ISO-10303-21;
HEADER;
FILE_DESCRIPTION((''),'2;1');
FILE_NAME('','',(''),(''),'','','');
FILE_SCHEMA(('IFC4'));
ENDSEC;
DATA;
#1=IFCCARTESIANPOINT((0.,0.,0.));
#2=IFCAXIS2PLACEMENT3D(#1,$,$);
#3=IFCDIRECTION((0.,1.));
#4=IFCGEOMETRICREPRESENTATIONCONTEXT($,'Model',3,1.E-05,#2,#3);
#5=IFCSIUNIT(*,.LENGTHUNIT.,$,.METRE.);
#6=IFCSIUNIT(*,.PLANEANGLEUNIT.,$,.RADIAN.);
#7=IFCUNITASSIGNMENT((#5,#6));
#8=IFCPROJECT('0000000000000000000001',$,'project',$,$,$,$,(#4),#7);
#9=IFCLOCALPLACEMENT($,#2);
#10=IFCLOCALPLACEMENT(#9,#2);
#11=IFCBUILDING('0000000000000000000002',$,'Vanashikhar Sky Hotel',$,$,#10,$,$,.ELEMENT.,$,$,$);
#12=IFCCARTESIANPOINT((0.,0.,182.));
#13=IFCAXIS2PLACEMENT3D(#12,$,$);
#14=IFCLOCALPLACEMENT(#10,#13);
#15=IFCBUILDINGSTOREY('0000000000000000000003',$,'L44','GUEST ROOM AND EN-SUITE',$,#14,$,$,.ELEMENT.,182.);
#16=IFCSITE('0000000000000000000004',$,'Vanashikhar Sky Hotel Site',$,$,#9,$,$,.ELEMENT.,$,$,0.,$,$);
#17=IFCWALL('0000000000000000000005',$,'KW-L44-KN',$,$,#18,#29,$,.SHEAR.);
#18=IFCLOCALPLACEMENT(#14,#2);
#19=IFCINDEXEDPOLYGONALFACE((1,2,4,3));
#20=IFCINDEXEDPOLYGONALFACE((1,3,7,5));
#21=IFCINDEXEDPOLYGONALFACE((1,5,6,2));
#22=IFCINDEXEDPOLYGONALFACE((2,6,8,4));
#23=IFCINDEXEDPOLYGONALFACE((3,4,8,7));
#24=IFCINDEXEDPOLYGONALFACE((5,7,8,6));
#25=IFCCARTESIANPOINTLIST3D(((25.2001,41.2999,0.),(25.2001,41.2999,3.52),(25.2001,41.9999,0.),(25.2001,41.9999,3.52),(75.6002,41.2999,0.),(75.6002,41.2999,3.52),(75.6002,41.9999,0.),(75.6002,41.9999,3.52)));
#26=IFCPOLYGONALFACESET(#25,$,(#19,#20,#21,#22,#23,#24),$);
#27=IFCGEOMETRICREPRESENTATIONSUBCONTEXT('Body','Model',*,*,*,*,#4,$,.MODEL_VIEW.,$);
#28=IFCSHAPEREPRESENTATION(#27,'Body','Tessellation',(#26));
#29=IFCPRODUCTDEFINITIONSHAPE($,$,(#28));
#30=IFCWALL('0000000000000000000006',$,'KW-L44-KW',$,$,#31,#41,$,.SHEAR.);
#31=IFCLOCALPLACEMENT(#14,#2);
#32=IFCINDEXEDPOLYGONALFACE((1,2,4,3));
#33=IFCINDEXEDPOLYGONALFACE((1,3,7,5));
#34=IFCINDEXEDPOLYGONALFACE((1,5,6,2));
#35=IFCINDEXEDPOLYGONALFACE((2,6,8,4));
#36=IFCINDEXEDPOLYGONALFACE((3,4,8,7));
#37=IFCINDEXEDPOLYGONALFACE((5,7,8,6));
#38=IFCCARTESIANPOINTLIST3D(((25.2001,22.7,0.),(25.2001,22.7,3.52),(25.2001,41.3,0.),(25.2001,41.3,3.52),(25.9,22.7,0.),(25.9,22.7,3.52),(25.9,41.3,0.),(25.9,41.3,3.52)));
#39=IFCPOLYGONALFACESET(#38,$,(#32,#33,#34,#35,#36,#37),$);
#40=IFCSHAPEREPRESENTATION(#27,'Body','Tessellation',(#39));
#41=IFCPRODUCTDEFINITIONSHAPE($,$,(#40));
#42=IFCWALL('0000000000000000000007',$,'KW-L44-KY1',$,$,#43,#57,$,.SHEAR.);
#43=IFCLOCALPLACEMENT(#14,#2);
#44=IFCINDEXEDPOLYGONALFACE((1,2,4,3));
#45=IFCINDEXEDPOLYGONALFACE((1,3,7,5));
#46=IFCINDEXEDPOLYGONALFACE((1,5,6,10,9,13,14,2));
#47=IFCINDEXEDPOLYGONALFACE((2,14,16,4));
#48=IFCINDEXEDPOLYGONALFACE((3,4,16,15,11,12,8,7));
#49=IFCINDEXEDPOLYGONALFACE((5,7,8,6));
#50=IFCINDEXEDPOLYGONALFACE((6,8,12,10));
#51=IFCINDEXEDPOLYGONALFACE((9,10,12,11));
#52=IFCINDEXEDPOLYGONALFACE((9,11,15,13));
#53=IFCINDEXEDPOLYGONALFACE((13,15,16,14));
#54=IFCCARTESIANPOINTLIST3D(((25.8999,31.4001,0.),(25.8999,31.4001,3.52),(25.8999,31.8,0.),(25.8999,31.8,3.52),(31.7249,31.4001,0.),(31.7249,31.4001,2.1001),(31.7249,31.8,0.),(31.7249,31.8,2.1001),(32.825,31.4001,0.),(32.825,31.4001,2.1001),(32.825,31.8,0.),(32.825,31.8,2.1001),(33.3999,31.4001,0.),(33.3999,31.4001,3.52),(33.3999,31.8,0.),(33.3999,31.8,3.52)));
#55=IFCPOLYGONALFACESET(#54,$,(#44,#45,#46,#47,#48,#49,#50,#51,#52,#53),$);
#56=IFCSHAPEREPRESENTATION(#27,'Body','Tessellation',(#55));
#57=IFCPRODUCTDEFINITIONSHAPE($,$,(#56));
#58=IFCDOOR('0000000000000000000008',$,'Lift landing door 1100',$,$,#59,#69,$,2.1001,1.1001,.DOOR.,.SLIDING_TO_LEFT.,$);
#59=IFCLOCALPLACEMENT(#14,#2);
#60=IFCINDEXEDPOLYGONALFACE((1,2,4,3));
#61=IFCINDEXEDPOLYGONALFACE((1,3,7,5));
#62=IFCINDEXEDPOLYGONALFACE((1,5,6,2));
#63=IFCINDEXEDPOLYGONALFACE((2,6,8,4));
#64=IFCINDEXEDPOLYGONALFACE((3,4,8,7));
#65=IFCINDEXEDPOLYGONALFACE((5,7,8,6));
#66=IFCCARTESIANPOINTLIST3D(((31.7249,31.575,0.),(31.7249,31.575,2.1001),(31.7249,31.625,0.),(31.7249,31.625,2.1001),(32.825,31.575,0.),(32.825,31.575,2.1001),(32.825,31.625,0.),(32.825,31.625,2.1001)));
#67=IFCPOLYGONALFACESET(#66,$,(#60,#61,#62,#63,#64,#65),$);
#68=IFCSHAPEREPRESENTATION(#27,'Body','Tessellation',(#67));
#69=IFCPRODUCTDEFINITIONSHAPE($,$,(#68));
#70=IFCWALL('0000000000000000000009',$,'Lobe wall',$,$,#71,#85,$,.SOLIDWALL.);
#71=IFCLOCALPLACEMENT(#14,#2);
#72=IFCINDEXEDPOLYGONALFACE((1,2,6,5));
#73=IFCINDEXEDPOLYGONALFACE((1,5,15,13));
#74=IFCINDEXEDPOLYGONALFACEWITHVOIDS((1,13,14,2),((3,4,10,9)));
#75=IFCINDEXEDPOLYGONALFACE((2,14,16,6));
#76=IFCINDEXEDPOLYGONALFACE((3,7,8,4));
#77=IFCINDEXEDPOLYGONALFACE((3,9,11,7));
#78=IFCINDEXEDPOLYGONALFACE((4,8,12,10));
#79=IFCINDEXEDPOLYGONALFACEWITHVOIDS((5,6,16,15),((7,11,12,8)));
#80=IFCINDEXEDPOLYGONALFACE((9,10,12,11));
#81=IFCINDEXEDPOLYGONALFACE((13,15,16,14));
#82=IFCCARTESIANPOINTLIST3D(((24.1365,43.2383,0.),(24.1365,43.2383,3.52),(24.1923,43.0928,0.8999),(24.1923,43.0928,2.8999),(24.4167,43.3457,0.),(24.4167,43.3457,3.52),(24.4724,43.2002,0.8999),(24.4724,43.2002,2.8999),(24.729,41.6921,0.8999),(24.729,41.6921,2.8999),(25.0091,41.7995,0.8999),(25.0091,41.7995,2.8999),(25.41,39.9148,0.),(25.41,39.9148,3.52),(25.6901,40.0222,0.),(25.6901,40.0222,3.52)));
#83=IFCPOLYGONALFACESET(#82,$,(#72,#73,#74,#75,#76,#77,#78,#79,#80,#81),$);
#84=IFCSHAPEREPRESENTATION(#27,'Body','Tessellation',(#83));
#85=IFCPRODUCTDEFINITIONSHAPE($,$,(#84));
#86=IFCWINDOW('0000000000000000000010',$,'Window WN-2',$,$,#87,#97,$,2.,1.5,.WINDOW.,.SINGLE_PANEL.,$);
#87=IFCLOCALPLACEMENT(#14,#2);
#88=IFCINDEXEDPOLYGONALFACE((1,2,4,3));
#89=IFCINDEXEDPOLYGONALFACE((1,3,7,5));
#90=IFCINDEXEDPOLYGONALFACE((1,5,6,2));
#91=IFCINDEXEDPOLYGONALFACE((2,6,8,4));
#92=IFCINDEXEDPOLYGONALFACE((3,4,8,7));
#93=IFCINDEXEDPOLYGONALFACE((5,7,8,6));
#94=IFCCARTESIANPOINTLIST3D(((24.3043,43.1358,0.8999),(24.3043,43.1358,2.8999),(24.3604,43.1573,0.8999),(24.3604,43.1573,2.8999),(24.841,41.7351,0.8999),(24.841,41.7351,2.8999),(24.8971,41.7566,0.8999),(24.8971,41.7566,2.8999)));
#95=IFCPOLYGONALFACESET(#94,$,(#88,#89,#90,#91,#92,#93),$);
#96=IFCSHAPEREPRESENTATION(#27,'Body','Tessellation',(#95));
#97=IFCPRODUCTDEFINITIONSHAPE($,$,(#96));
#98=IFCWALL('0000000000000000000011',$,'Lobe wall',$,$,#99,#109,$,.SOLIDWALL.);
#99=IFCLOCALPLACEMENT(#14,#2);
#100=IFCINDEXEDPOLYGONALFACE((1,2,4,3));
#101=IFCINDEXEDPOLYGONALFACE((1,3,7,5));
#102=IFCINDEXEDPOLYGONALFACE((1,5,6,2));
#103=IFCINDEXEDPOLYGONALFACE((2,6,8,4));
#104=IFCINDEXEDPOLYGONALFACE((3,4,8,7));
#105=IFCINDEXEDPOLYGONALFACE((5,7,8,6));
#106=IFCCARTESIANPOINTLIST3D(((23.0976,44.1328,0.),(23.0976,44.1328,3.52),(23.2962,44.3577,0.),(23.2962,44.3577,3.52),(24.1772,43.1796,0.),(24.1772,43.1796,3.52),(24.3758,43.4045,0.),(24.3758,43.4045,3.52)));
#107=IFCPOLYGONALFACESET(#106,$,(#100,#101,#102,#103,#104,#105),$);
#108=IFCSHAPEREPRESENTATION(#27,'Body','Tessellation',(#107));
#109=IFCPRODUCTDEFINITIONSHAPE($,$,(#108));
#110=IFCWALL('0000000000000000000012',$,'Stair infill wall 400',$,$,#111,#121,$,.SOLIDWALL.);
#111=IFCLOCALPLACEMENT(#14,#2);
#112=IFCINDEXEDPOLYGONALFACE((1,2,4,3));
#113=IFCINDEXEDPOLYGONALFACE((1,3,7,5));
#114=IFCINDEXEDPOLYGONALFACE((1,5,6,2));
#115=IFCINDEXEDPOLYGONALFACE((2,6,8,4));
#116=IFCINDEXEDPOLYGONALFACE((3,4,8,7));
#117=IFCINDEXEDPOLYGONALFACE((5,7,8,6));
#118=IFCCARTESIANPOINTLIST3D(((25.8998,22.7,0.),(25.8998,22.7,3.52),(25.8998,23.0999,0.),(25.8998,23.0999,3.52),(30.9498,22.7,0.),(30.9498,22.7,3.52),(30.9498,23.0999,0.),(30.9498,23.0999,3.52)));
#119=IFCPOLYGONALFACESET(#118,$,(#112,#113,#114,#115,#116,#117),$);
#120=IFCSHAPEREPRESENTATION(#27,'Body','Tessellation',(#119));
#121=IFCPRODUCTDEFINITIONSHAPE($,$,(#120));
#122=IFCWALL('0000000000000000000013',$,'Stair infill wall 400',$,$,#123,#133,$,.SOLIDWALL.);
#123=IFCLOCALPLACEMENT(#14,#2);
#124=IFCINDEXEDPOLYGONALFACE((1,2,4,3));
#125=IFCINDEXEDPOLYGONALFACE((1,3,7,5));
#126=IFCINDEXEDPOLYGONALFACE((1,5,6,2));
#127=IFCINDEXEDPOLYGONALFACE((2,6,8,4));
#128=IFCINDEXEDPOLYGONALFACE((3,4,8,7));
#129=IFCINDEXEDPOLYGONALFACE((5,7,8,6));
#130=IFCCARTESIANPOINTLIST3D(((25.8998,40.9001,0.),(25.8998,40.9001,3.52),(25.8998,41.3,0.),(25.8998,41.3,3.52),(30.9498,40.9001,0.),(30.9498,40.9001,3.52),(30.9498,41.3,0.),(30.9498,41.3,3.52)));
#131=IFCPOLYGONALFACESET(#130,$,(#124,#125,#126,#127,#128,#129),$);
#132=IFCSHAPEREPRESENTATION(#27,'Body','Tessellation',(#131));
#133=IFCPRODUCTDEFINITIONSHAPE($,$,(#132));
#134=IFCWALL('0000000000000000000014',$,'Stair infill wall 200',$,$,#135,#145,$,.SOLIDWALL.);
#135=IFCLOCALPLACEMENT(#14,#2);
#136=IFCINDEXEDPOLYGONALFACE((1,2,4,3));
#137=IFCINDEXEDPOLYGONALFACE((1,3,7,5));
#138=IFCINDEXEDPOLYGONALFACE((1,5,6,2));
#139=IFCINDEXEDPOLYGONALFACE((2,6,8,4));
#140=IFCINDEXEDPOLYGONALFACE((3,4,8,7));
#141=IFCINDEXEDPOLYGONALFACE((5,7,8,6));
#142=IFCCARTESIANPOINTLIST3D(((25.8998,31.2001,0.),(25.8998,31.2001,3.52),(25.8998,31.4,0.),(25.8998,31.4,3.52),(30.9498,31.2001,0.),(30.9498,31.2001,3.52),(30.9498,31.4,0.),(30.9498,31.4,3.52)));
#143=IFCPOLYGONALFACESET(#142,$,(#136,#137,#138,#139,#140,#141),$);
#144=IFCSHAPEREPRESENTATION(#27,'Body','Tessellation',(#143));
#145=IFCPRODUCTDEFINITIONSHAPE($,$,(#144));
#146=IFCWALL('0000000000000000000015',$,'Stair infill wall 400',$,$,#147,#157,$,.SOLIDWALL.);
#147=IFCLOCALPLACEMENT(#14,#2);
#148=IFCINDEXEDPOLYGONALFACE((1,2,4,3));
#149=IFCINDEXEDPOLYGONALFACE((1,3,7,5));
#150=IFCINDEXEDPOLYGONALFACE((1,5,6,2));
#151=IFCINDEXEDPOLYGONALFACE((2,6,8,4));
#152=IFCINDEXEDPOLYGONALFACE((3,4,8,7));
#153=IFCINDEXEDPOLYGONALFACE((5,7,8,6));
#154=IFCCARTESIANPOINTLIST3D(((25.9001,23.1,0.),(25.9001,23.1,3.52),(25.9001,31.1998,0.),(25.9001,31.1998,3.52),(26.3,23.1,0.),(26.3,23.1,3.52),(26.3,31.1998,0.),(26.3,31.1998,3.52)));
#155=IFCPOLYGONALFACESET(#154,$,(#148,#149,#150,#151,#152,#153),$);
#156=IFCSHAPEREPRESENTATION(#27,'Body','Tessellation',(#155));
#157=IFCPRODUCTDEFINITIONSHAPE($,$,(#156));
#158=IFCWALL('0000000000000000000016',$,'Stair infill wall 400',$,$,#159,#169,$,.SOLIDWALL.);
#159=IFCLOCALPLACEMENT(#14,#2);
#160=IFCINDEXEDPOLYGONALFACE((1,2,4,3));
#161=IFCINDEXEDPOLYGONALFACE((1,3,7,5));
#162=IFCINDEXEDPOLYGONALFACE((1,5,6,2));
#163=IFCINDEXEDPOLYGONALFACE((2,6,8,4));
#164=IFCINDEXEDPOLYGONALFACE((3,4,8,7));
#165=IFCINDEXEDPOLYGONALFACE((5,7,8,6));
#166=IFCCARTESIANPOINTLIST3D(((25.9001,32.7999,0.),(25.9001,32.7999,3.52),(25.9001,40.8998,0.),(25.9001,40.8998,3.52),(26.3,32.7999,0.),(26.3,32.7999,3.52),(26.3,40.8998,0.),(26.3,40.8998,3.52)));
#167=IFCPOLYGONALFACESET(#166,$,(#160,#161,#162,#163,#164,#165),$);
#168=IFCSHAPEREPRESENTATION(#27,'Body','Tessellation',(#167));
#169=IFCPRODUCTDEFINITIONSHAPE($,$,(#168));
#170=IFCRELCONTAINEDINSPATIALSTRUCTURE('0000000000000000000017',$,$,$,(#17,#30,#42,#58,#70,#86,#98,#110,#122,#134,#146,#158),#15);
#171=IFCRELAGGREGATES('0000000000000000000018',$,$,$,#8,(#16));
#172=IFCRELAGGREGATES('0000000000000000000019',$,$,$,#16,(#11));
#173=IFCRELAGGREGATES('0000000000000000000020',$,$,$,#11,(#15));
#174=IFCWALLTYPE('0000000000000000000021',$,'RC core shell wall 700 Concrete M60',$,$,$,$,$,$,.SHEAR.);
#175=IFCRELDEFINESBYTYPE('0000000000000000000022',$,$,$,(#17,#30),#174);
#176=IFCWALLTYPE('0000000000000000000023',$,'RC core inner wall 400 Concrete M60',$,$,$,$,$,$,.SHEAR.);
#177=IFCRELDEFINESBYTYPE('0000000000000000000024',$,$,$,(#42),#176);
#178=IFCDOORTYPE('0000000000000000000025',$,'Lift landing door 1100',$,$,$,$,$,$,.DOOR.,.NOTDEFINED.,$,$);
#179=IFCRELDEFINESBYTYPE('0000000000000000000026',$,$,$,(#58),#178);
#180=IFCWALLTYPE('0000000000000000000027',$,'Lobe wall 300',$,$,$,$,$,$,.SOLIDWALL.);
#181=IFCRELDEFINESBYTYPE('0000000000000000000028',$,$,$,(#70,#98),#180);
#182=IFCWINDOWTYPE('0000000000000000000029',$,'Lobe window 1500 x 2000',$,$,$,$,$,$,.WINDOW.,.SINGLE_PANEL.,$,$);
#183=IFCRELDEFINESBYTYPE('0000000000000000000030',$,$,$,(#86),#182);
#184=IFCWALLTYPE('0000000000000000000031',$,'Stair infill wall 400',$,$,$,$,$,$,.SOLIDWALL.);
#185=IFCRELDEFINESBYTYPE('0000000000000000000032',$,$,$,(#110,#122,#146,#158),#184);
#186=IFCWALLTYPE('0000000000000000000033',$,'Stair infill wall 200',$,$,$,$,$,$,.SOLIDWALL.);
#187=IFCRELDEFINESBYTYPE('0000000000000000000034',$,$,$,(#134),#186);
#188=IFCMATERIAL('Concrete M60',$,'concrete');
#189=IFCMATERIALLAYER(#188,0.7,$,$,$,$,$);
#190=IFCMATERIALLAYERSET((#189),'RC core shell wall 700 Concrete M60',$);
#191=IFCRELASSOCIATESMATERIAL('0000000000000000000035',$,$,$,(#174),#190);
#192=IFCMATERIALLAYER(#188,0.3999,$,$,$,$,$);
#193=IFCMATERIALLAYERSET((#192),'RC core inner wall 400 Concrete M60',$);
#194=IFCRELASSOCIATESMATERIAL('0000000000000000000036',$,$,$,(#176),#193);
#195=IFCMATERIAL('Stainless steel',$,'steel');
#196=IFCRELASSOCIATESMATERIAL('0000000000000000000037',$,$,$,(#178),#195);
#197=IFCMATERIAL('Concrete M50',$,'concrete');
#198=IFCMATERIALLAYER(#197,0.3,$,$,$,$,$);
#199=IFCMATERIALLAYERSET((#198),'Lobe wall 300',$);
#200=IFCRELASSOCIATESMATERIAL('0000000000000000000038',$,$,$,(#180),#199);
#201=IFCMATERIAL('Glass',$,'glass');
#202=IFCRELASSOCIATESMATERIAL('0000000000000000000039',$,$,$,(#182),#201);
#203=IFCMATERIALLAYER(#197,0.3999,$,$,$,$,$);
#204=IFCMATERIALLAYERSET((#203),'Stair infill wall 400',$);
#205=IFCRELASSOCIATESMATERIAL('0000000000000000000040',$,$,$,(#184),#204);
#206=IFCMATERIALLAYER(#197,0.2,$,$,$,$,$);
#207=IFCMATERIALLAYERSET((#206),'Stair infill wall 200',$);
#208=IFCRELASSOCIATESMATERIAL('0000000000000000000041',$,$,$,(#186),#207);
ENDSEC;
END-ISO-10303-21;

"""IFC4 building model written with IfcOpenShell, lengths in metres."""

from ifc_helpers import new_model, si_unit, direction, frame, frame_2d, origin, place, context, subcontext, project, spatial, rectangle, extrude, source, transform, mapped, material, layer, layer_set, type_object, element, fill, save


model = new_model("IFC4")

# Units and contexts
model_context = context("Model", 3, precision=1e-05, world=origin(), true_north=direction((0.0, 1.0)))
body_context = subcontext(model_context, "Body", "Model", "MODEL_VIEW")
ifc_project = project(units=[si_unit("LENGTHUNIT", "METRE"), si_unit("PLANEANGLEUNIT", "RADIAN")], contexts=[model_context])

# Site, building, storey
site_placement = place(None, origin())
site = spatial("IfcSite", under=ifc_project, at=site_placement, Name="Vanashikhar Sky Hotel Site", CompositionType="ELEMENT", RefElevation=0.0)
building_placement = place(site_placement, origin())
building = spatial("IfcBuilding", under=site, at=building_placement, Name="Vanashikhar Sky Hotel", CompositionType="ELEMENT")
storey_placement = place(building_placement, frame((0.0, 0.0, 182.0)))
storey = spatial("IfcBuildingStorey", under=building, at=storey_placement, Name="L44", Description="GUEST ROOM AND EN-SUITE", CompositionType="ELEMENT", Elevation=182.0)

# Walls
ifc_material_1 = material(Name="Concrete M60", Category="concrete")
ifc_layer_1 = layer(ifc_material_1, 0.7)
ifc_layer_set_1 = layer_set([ifc_layer_1], Name="RC core shell wall 700 Concrete M60")
wall_type_1 = type_object("IfcWallType", Name="RC core shell wall 700 Concrete M60", PredefinedType="SHEAR", material=ifc_layer_set_1)
shared_shape_1 = source(origin(), body_context, "Body", "SweptSolid", [
    extrude(rectangle(XDim=50.4001, YDim=0.7, at=frame_2d((25.2002, 0.0))), origin(), (0.0, 0.0, 1.0), 3.52),
])
wall_1_placement = place(storey_placement, frame((25.2, 41.6499, 0.0), z_axis=(0.0, 0.0, 1.0), x_axis=(1.0, 0.0, 0.0)))
element("IfcWall", 1, at=wall_1_placement, inside=storey, type_object=wall_type_1, Name="KW-L44-KN", PredefinedType="SHEAR", context=body_context, shape_type="MappedRepresentation", body=[
    mapped(shared_shape_1, transform((0.0, 0.0, 0.0), scale=1.0)),
])
shared_shape_2 = source(origin(), body_context, "Body", "SweptSolid", [
    extrude(rectangle(XDim=18.6001, YDim=0.7, at=frame_2d((9.3, 0.0))), origin(), (0.0, 0.0, 1.0), 3.52),
])
wall_2_placement = place(storey_placement, frame((25.55, 22.7, 0.0), z_axis=(0.0, 0.0, 1.0), x_axis=(0.0, 1.0, 0.0)))
element("IfcWall", 2, at=wall_2_placement, inside=storey, type_object=wall_type_1, Name="KW-L44-KW", PredefinedType="SHEAR", context=body_context, shape_type="MappedRepresentation", body=[
    mapped(shared_shape_2, transform((0.0, 0.0, 0.0), scale=1.0)),
])

# Wall, opening, door
ifc_layer_2 = layer(ifc_material_1, 0.3999)
ifc_layer_set_2 = layer_set([ifc_layer_2], Name="RC core inner wall 400 Concrete M60")
wall_type_2 = type_object("IfcWallType", Name="RC core inner wall 400 Concrete M60", PredefinedType="SHEAR", material=ifc_layer_set_2)
shared_shape_3 = source(origin(), body_context, "Body", "SweptSolid", [
    extrude(rectangle(XDim=7.5, YDim=0.3999, at=frame_2d((3.75, 0.0))), origin(), (0.0, 0.0, 1.0), 3.52),
])
wall_3_placement = place(storey_placement, frame((25.8999, 31.6001, 0.0), z_axis=(0.0, 0.0, 1.0), x_axis=(1.0, 0.0, 0.0)))
wall_3 = element("IfcWall", 3, at=wall_3_placement, inside=storey, type_object=wall_type_2, Name="KW-L44-KY1", PredefinedType="SHEAR", context=body_context, shape_type="MappedRepresentation", body=[
    mapped(shared_shape_3, transform((0.0, 0.0, 0.0), scale=1.0)),
])
shared_shape_4 = source(origin(), body_context, "Body", "SweptSolid", [
    extrude(rectangle(XDim=1.1001, YDim=2.1001, at=frame_2d((0.55, 1.05))), frame((0.0, 0.21, 0.0), z_axis=(0.0, -1.0, 0.0), x_axis=(1.0, 0.0, 0.0)), (0.0, 0.0, 1.0), 0.4199),
])
opening_1_placement = place(wall_3_placement, frame((5.825, 0.0, 0.0)))
opening_1 = element("IfcOpeningElement", 4, at=opening_1_placement, cuts=wall_3, PredefinedType="OPENING", context=body_context, shape_type="MappedRepresentation", body=[
    mapped(shared_shape_4, transform((0.0, 0.0, 0.0), scale=1.0)),
])
ifc_material_2 = material(Name="Stainless steel", Category="steel")
door_type = type_object("IfcDoorType", Name="Lift landing door 1100", OperationType="NOTDEFINED", PredefinedType="DOOR", material=ifc_material_2)
shared_shape_5 = source(origin(), body_context, "Body", "SweptSolid", [
    extrude(rectangle(XDim=1.1001, YDim=2.1001, at=frame_2d((0.55, 1.05))), frame((0.0, 0.0249, 0.0), z_axis=(0.0, -1.0, 0.0), x_axis=(1.0, 0.0, 0.0)), (0.0, 0.0, 1.0), 0.05),
])
door_placement = place(opening_1_placement, origin())
door = element("IfcDoor", 5, at=door_placement, inside=storey, type_object=door_type, Name="Lift landing door 1100", OperationType="SLIDING_TO_LEFT", OverallHeight=2.1001, OverallWidth=1.1001, PredefinedType="DOOR", context=body_context, shape_type="MappedRepresentation", body=[
    mapped(shared_shape_5, transform((0.0, 0.0, 0.0), scale=1.0)),
])
fill(opening_1, door)

# Wall, opening, window
ifc_material_3 = material(Name="Concrete M50", Category="concrete")
ifc_layer_3 = layer(ifc_material_3, 0.3)
ifc_layer_set_3 = layer_set([ifc_layer_3], Name="Lobe wall 300")
wall_type_3 = type_object("IfcWallType", Name="Lobe wall 300", PredefinedType="SOLIDWALL", material=ifc_layer_set_3)
shared_shape_6 = source(origin(), body_context, "Body", "SweptSolid", [
    extrude(rectangle(XDim=3.5591, YDim=0.3, at=frame_2d((1.7795, 0.0))), origin(), (0.0, 0.0, 1.0), 3.52),
])
wall_4_placement = place(storey_placement, frame((25.55, 39.9685, 0.0), z_axis=(0.0, 0.0, 1.0), x_axis=(-0.357797, 0.933799, 0.0)))
wall_4 = element("IfcWall", 6, at=wall_4_placement, inside=storey, type_object=wall_type_3, Name="Lobe wall", PredefinedType="SOLIDWALL", context=body_context, shape_type="MappedRepresentation", body=[
    mapped(shared_shape_6, transform((0.0, 0.0, 0.0), scale=1.0)),
])
shared_shape_7 = source(origin(), body_context, "Body", "SweptSolid", [
    extrude(rectangle(XDim=1.5, YDim=2.0, at=frame_2d((0.75, 1.0))), frame((0.0, 0.1602, 0.0), z_axis=(0.0, -1.0, 0.0), x_axis=(1.0, 0.0, 0.0)), (0.0, 0.0, 1.0), 0.3201),
])
opening_2_placement = place(wall_4_placement, frame((1.9033, 0.0, 0.8999)))
opening_2 = element("IfcOpeningElement", 7, at=opening_2_placement, cuts=wall_4, PredefinedType="OPENING", context=body_context, shape_type="MappedRepresentation", body=[
    mapped(shared_shape_7, transform((0.0, 0.0, 0.0), scale=1.0)),
])
ifc_material_4 = material(Name="Glass", Category="glass")
window_type = type_object("IfcWindowType", Name="Lobe window 1500 x 2000", PartitioningType="SINGLE_PANEL", PredefinedType="WINDOW", material=ifc_material_4)
shared_shape_8 = source(origin(), body_context, "Body", "SweptSolid", [
    extrude(rectangle(XDim=1.5, YDim=2.0, at=frame_2d((0.75, 1.0))), frame((0.0, 0.03, 0.0), z_axis=(0.0, -1.0, 0.0), x_axis=(1.0, 0.0, 0.0)), (0.0, 0.0, 1.0), 0.0601),
])
window_placement = place(opening_2_placement, origin())
window = element("IfcWindow", 8, at=window_placement, inside=storey, type_object=window_type, Name="Window WN-2", OverallHeight=2.0, OverallWidth=1.5, PartitioningType="SINGLE_PANEL", PredefinedType="WINDOW", context=body_context, shape_type="MappedRepresentation", body=[
    mapped(shared_shape_8, transform((0.0, 0.0, 0.0), scale=1.0)),
])
fill(opening_2, window)

# Walls
shared_shape_9 = source(origin(), body_context, "Body", "SweptSolid", [
    extrude(rectangle(XDim=1.4402, YDim=0.3, at=frame_2d((0.7202, 0.0))), origin(), (0.0, 0.0, 1.0), 3.52),
])
wall_5_placement = place(storey_placement, frame((24.2766, 43.292, 0.0), z_axis=(0.0, 0.0, 1.0), x_axis=(-0.74965, 0.661835, 0.0)))
element("IfcWall", 9, at=wall_5_placement, inside=storey, type_object=wall_type_3, Name="Lobe wall", PredefinedType="SOLIDWALL", context=body_context, shape_type="MappedRepresentation", body=[
    mapped(shared_shape_9, transform((0.0, 0.0, 0.0), scale=1.0)),
])
ifc_layer_4 = layer(ifc_material_3, 0.3999)
ifc_layer_set_4 = layer_set([ifc_layer_4], Name="Stair infill wall 400")
wall_type_4 = type_object("IfcWallType", Name="Stair infill wall 400", PredefinedType="SOLIDWALL", material=ifc_layer_set_4)
shared_shape_10 = source(origin(), body_context, "Body", "SweptSolid", [
    extrude(rectangle(XDim=5.05, YDim=0.3999, at=frame_2d((2.5249, 0.0))), origin(), (0.0, 0.0, 1.0), 3.52),
])
for number, where, z_axis, x_axis, name in (
    (10, (25.8999, 22.8999, 0.0), (0.0, 0.0, 1.0), (1.0, 0.0, 0.0), "Stair infill wall 400"),
    (11, (25.8999, 41.1001, 0.0), (0.0, 0.0, 1.0), (1.0, 0.0, 0.0), "Stair infill wall 400"),
):
    element("IfcWall", number, at=place(storey_placement, frame(where, z_axis=z_axis, x_axis=x_axis)), inside=storey, type_object=wall_type_4, Name=name, PredefinedType="SOLIDWALL", context=body_context, shape_type="MappedRepresentation", body=[
        mapped(shared_shape_10, transform((0.0, 0.0, 0.0), scale=1.0)),
    ])
ifc_layer_5 = layer(ifc_material_3, 0.2)
ifc_layer_set_5 = layer_set([ifc_layer_5], Name="Stair infill wall 200")
wall_type_5 = type_object("IfcWallType", Name="Stair infill wall 200", PredefinedType="SOLIDWALL", material=ifc_layer_set_5)
shared_shape_11 = source(origin(), body_context, "Body", "SweptSolid", [
    extrude(rectangle(XDim=5.05, YDim=0.2, at=frame_2d((2.5249, 0.0))), origin(), (0.0, 0.0, 1.0), 3.52),
])
wall_6_placement = place(storey_placement, frame((25.8999, 31.3, 0.0), z_axis=(0.0, 0.0, 1.0), x_axis=(1.0, 0.0, 0.0)))
element("IfcWall", 12, at=wall_6_placement, inside=storey, type_object=wall_type_5, Name="Stair infill wall 200", PredefinedType="SOLIDWALL", context=body_context, shape_type="MappedRepresentation", body=[
    mapped(shared_shape_11, transform((0.0, 0.0, 0.0), scale=1.0)),
])
shared_shape_12 = source(origin(), body_context, "Body", "SweptSolid", [
    extrude(rectangle(XDim=8.0999, YDim=0.3999, at=frame_2d((4.0498, 0.0))), origin(), (0.0, 0.0, 1.0), 3.52),
])
for number, where, z_axis, x_axis, name in (
    (13, (26.1001, 23.1001, 0.0), (0.0, 0.0, 1.0), (0.0, 1.0, 0.0), "Stair infill wall 400"),
    (14, (26.1001, 32.8, 0.0), (0.0, 0.0, 1.0), (0.0, 1.0, 0.0), "Stair infill wall 400"),
):
    element("IfcWall", number, at=place(storey_placement, frame(where, z_axis=z_axis, x_axis=x_axis)), inside=storey, type_object=wall_type_4, Name=name, PredefinedType="SOLIDWALL", context=body_context, shape_type="MappedRepresentation", body=[
        mapped(shared_shape_12, transform((0.0, 0.0, 0.0), scale=1.0)),
    ])

save(model, "model.ifc")
